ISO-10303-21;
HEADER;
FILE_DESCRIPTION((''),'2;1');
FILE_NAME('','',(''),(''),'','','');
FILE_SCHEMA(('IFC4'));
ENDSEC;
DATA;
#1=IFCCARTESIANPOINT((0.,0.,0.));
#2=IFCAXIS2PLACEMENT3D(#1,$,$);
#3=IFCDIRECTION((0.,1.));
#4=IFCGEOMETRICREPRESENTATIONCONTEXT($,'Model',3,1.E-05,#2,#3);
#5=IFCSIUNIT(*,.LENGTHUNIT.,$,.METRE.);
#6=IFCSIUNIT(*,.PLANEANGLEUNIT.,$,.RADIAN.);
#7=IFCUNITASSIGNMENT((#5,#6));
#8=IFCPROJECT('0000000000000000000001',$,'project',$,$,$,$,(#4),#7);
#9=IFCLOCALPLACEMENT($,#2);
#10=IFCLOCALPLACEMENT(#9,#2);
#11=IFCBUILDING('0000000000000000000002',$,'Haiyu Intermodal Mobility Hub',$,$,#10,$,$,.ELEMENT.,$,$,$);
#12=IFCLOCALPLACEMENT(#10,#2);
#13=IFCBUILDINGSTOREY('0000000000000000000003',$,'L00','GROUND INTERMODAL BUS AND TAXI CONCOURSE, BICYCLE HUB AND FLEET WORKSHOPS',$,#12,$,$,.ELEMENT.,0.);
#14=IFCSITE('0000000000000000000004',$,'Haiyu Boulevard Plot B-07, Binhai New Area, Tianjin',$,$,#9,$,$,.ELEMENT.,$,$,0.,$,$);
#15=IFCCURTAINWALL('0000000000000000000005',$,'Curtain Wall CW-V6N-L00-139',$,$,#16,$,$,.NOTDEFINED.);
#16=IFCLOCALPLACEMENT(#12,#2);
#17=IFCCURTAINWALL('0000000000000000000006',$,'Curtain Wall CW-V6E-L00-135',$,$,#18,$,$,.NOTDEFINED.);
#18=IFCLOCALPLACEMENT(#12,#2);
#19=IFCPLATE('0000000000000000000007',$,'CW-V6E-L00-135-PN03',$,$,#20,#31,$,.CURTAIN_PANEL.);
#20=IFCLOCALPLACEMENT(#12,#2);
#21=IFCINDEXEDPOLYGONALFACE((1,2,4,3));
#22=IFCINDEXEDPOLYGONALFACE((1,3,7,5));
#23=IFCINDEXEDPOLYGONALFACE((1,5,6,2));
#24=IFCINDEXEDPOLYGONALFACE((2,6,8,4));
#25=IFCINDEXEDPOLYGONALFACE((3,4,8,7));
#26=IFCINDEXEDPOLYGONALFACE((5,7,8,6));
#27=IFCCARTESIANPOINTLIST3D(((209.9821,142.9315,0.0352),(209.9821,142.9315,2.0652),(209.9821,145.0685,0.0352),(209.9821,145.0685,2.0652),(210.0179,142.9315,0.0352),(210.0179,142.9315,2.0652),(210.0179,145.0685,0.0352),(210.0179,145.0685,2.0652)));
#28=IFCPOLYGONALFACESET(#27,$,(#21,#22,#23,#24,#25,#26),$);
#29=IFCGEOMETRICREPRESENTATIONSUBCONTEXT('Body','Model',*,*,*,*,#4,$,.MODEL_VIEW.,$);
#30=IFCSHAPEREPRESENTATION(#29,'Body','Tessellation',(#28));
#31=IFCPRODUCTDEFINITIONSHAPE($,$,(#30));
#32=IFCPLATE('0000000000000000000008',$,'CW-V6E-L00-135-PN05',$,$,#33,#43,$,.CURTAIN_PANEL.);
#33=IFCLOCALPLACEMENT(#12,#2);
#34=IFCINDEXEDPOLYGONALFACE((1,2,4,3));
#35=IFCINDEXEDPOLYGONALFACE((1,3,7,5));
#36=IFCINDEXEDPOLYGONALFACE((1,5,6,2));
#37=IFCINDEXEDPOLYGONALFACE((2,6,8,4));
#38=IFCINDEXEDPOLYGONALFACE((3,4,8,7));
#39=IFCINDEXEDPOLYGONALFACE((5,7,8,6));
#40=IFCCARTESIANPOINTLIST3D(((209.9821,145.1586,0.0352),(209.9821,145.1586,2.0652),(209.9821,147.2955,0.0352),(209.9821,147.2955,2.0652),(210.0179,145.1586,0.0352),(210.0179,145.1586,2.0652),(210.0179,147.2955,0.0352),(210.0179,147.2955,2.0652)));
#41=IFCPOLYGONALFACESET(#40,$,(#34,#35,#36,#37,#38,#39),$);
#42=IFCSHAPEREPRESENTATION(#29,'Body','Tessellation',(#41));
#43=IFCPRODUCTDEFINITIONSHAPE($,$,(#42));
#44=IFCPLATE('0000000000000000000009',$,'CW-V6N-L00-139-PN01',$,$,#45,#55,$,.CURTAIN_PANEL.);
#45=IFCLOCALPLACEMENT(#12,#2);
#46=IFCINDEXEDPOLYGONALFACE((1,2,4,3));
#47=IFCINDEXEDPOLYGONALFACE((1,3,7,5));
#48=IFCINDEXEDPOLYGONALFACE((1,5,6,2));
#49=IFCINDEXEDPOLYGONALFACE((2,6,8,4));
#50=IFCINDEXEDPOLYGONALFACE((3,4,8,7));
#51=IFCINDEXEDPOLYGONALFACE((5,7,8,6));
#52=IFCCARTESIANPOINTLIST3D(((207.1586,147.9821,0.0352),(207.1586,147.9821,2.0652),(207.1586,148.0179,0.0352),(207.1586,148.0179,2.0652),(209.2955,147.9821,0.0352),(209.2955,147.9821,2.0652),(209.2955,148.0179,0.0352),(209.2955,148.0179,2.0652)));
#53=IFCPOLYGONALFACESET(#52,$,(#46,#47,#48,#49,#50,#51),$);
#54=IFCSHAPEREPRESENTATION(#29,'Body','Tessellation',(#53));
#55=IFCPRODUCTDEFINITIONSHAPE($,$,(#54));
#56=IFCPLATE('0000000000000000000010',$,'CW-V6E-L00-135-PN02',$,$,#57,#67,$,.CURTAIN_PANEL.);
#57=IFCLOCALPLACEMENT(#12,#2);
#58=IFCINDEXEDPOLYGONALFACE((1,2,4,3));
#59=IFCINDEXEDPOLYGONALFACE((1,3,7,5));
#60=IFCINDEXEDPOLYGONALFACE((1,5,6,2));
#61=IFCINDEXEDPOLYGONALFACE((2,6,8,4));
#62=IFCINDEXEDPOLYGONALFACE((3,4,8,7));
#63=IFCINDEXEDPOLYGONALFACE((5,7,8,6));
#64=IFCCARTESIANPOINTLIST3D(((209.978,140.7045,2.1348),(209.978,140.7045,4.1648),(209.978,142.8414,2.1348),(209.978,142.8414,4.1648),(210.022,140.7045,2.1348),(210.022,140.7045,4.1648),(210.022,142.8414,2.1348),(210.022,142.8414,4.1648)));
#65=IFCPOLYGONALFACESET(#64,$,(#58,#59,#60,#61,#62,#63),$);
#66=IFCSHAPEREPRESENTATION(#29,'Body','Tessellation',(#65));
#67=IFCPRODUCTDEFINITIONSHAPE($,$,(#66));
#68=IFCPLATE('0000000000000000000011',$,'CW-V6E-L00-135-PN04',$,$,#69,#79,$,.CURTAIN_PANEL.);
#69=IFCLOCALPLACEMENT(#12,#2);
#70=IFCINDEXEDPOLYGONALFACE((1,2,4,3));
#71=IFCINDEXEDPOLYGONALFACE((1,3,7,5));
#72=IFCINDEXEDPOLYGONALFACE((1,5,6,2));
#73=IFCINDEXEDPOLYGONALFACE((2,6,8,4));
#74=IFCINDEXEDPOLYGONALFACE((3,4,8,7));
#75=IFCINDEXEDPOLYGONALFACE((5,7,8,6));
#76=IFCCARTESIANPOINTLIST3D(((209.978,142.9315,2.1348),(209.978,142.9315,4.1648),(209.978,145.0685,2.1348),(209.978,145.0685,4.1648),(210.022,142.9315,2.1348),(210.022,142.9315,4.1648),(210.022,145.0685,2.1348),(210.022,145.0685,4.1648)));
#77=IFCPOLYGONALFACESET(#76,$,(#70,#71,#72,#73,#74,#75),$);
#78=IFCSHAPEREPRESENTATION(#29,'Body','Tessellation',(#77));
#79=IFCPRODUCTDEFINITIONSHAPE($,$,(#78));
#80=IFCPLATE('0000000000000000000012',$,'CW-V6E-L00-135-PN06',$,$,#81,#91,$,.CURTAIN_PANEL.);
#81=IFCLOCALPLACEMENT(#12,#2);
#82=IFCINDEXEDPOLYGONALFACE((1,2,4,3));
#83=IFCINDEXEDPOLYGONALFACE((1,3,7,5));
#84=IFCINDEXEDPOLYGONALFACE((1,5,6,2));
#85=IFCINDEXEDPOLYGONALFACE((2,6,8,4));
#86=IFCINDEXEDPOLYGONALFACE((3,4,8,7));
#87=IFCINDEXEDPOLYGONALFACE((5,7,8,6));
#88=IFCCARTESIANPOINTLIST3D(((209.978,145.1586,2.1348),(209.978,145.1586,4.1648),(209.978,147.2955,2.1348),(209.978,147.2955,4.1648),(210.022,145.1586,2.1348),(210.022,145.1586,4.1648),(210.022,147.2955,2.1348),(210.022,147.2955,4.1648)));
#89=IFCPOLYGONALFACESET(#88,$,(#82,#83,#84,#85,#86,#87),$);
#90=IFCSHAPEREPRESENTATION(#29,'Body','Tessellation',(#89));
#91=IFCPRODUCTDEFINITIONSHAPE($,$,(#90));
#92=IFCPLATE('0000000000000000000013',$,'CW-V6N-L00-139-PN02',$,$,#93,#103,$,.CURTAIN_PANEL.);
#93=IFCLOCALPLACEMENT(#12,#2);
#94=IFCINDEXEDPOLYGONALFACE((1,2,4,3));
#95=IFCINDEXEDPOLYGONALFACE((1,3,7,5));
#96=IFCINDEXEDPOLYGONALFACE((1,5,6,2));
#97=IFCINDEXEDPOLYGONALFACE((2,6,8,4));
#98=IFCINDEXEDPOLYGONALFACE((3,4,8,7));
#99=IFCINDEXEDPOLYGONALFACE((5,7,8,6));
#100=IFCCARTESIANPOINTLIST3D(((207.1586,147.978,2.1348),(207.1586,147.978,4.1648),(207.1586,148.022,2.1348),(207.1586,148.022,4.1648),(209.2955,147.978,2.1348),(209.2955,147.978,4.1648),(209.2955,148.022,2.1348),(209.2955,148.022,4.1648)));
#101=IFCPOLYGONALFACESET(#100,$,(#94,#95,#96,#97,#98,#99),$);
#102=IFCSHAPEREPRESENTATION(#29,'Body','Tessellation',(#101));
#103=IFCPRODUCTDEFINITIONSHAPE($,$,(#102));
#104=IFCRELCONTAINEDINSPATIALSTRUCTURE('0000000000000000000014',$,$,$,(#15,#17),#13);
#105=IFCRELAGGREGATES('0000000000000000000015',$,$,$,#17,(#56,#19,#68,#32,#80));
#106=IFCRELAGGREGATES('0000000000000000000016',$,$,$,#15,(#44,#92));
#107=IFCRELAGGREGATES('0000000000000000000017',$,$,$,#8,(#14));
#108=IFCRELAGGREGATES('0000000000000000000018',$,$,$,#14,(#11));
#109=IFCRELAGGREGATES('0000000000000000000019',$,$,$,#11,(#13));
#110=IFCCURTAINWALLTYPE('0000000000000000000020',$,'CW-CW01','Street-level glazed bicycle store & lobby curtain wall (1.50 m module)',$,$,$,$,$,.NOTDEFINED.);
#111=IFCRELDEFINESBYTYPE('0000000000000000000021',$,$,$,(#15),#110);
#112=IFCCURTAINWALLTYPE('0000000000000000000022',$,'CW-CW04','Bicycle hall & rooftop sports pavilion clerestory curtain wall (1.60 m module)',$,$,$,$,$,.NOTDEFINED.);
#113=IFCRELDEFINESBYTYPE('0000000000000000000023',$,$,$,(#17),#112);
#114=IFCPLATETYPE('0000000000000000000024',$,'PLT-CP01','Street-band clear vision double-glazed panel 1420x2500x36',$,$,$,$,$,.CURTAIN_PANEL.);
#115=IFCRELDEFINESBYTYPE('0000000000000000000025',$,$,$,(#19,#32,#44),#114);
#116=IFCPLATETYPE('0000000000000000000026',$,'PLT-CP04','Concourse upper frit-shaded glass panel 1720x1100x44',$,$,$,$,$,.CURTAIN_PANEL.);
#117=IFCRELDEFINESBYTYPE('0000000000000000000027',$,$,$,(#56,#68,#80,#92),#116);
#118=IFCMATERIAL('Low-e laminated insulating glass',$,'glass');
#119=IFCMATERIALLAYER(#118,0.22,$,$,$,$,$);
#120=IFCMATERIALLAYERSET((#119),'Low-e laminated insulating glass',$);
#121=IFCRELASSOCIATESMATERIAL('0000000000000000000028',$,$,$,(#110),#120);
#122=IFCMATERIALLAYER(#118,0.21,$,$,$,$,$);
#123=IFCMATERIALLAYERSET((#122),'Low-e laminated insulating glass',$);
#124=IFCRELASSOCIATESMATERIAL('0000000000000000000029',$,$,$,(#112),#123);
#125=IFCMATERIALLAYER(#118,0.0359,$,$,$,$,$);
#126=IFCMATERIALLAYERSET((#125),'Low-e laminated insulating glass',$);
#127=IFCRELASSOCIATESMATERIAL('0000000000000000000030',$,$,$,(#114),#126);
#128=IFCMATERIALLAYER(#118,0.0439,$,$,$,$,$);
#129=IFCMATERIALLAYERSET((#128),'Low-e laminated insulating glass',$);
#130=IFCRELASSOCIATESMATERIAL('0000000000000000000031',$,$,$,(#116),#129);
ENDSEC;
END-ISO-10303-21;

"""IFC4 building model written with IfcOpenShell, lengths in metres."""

from ifc_helpers import new_model, si_unit, direction, frame, origin, origin_2d, place, context, subcontext, project, spatial, rectangle, extrude, material, layer, layer_set, type_object, element, aggregate, save


model = new_model("IFC4")

# Units and contexts
model_context = context("Model", 3, precision=1e-05, world=origin(), true_north=direction((0.0, 1.0)))
body_context = subcontext(model_context, "Body", "Model", "MODEL_VIEW")
ifc_project = project(units=[si_unit("LENGTHUNIT", "METRE"), si_unit("PLANEANGLEUNIT", "RADIAN")], contexts=[model_context])

# Site, building, storey
site_placement = place(None, origin())
site = spatial("IfcSite", under=ifc_project, at=site_placement, Name="Haiyu Boulevard Plot B-07, Binhai New Area, Tianjin", CompositionType="ELEMENT", RefElevation=0.0)
building_placement = place(site_placement, origin())
building = spatial("IfcBuilding", under=site, at=building_placement, Name="Haiyu Intermodal Mobility Hub", CompositionType="ELEMENT")
storey_placement = place(building_placement, origin())
storey = spatial("IfcBuildingStorey", under=building, at=storey_placement, Name="L00", Description="GROUND INTERMODAL BUS AND TAXI CONCOURSE, BICYCLE HUB AND FLEET WORKSHOPS", CompositionType="ELEMENT", Elevation=0.0)

# Curtain wall
ifc_material_1 = material(Name="Low-e laminated insulating glass", Category="glass")
ifc_layer_1 = layer(ifc_material_1, 0.22)
ifc_layer_set_1 = layer_set([ifc_layer_1], Name="Low-e laminated insulating glass")
curtain_wall_type_1 = type_object("IfcCurtainWallType", Name="CW-CW01", Description="Street-level glazed bicycle store & lobby curtain wall (1.50 m module)", PredefinedType="NOTDEFINED", material=ifc_layer_set_1)
curtain_wall_1_placement = place(storey_placement, origin())
curtain_wall_1 = element("IfcCurtainWall", 1, at=curtain_wall_1_placement, inside=storey, type_object=curtain_wall_type_1, Name="Curtain Wall CW-V6N-L00-139", PredefinedType="NOTDEFINED")

# Curtain wall
ifc_layer_2 = layer(ifc_material_1, 0.21)
ifc_layer_set_2 = layer_set([ifc_layer_2], Name="Low-e laminated insulating glass")
curtain_wall_type_2 = type_object("IfcCurtainWallType", Name="CW-CW04", Description="Bicycle hall & rooftop sports pavilion clerestory curtain wall (1.60 m module)", PredefinedType="NOTDEFINED", material=ifc_layer_set_2)
curtain_wall_2_placement = place(storey_placement, origin())
curtain_wall_2 = element("IfcCurtainWall", 2, at=curtain_wall_2_placement, inside=storey, type_object=curtain_wall_type_2, Name="Curtain Wall CW-V6E-L00-135", PredefinedType="NOTDEFINED")

# Plates
ifc_layer_3 = layer(ifc_material_1, 0.0359)
ifc_layer_set_3 = layer_set([ifc_layer_3], Name="Low-e laminated insulating glass")
plate_type_1 = type_object("IfcPlateType", Name="PLT-CP01", Description="Street-band clear vision double-glazed panel 1420x2500x36", PredefinedType="CURTAIN_PANEL", material=ifc_layer_set_3)
plate_1_placement = place(storey_placement, frame((210.0, 144.0, 0.0352), z_axis=(0.0, 0.0, 1.0), x_axis=(0.0, 1.0, 0.0)))
plate_1 = element("IfcPlate", 3, at=plate_1_placement, type_object=plate_type_1, Name="CW-V6E-L00-135-PN03", PredefinedType="CURTAIN_PANEL", context=body_context, shape_type="SweptSolid", body=[
    extrude(rectangle(XDim=2.137, YDim=0.0359, at=origin_2d()), origin(), (0.0, 0.0, 1.0), 2.03),
])
plate_2_placement = place(storey_placement, frame((210.0, 146.2271, 0.0352), z_axis=(0.0, 0.0, 1.0), x_axis=(0.0, 1.0, 0.0)))
plate_2 = element("IfcPlate", 4, at=plate_2_placement, type_object=plate_type_1, Name="CW-V6E-L00-135-PN05", PredefinedType="CURTAIN_PANEL", context=body_context, shape_type="SweptSolid", body=[
    extrude(rectangle(XDim=2.137, YDim=0.0359, at=origin_2d()), origin(), (0.0, 0.0, 1.0), 2.03),
])
plate_3_placement = place(storey_placement, frame((208.2271, 148.0, 0.0352), z_axis=(0.0, 0.0, 1.0), x_axis=(-1.0, 0.0, 0.0)))
plate_3 = element("IfcPlate", 5, at=plate_3_placement, type_object=plate_type_1, Name="CW-V6N-L00-139-PN01", PredefinedType="CURTAIN_PANEL", context=body_context, shape_type="SweptSolid", body=[
    extrude(rectangle(XDim=2.137, YDim=0.0359, at=origin_2d()), origin(), (0.0, 0.0, 1.0), 2.03),
])
ifc_layer_4 = layer(ifc_material_1, 0.0439)
ifc_layer_set_4 = layer_set([ifc_layer_4], Name="Low-e laminated insulating glass")
plate_type_2 = type_object("IfcPlateType", Name="PLT-CP04", Description="Concourse upper frit-shaded glass panel 1720x1100x44", PredefinedType="CURTAIN_PANEL", material=ifc_layer_set_4)
plate_4_placement = place(storey_placement, frame((210.0, 141.7729, 2.1348), z_axis=(0.0, 0.0, 1.0), x_axis=(0.0, 1.0, 0.0)))
plate_4 = element("IfcPlate", 6, at=plate_4_placement, type_object=plate_type_2, Name="CW-V6E-L00-135-PN02", PredefinedType="CURTAIN_PANEL", context=body_context, shape_type="SweptSolid", body=[
    extrude(rectangle(XDim=2.137, YDim=0.0439, at=origin_2d()), origin(), (0.0, 0.0, 1.0), 2.03),
])
plate_5_placement = place(storey_placement, frame((210.0, 144.0, 2.1348), z_axis=(0.0, 0.0, 1.0), x_axis=(0.0, 1.0, 0.0)))
plate_5 = element("IfcPlate", 7, at=plate_5_placement, type_object=plate_type_2, Name="CW-V6E-L00-135-PN04", PredefinedType="CURTAIN_PANEL", context=body_context, shape_type="SweptSolid", body=[
    extrude(rectangle(XDim=2.137, YDim=0.0439, at=origin_2d()), origin(), (0.0, 0.0, 1.0), 2.03),
])
plate_6_placement = place(storey_placement, frame((210.0, 146.2271, 2.1348), z_axis=(0.0, 0.0, 1.0), x_axis=(0.0, 1.0, 0.0)))
plate_6 = element("IfcPlate", 8, at=plate_6_placement, type_object=plate_type_2, Name="CW-V6E-L00-135-PN06", PredefinedType="CURTAIN_PANEL", context=body_context, shape_type="SweptSolid", body=[
    extrude(rectangle(XDim=2.137, YDim=0.0439, at=origin_2d()), origin(), (0.0, 0.0, 1.0), 2.03),
])
aggregate(curtain_wall_2, [plate_4, plate_1, plate_5, plate_2, plate_6])
plate_7_placement = place(storey_placement, frame((208.2271, 148.0, 2.1348), z_axis=(0.0, 0.0, 1.0), x_axis=(-1.0, 0.0, 0.0)))
plate_7 = element("IfcPlate", 9, at=plate_7_placement, type_object=plate_type_2, Name="CW-V6N-L00-139-PN02", PredefinedType="CURTAIN_PANEL", context=body_context, shape_type="SweptSolid", body=[
    extrude(rectangle(XDim=2.137, YDim=0.0439, at=origin_2d()), origin(), (0.0, 0.0, 1.0), 2.03),
])
aggregate(curtain_wall_1, [plate_3, plate_7])

save(model, "model.ifc")
